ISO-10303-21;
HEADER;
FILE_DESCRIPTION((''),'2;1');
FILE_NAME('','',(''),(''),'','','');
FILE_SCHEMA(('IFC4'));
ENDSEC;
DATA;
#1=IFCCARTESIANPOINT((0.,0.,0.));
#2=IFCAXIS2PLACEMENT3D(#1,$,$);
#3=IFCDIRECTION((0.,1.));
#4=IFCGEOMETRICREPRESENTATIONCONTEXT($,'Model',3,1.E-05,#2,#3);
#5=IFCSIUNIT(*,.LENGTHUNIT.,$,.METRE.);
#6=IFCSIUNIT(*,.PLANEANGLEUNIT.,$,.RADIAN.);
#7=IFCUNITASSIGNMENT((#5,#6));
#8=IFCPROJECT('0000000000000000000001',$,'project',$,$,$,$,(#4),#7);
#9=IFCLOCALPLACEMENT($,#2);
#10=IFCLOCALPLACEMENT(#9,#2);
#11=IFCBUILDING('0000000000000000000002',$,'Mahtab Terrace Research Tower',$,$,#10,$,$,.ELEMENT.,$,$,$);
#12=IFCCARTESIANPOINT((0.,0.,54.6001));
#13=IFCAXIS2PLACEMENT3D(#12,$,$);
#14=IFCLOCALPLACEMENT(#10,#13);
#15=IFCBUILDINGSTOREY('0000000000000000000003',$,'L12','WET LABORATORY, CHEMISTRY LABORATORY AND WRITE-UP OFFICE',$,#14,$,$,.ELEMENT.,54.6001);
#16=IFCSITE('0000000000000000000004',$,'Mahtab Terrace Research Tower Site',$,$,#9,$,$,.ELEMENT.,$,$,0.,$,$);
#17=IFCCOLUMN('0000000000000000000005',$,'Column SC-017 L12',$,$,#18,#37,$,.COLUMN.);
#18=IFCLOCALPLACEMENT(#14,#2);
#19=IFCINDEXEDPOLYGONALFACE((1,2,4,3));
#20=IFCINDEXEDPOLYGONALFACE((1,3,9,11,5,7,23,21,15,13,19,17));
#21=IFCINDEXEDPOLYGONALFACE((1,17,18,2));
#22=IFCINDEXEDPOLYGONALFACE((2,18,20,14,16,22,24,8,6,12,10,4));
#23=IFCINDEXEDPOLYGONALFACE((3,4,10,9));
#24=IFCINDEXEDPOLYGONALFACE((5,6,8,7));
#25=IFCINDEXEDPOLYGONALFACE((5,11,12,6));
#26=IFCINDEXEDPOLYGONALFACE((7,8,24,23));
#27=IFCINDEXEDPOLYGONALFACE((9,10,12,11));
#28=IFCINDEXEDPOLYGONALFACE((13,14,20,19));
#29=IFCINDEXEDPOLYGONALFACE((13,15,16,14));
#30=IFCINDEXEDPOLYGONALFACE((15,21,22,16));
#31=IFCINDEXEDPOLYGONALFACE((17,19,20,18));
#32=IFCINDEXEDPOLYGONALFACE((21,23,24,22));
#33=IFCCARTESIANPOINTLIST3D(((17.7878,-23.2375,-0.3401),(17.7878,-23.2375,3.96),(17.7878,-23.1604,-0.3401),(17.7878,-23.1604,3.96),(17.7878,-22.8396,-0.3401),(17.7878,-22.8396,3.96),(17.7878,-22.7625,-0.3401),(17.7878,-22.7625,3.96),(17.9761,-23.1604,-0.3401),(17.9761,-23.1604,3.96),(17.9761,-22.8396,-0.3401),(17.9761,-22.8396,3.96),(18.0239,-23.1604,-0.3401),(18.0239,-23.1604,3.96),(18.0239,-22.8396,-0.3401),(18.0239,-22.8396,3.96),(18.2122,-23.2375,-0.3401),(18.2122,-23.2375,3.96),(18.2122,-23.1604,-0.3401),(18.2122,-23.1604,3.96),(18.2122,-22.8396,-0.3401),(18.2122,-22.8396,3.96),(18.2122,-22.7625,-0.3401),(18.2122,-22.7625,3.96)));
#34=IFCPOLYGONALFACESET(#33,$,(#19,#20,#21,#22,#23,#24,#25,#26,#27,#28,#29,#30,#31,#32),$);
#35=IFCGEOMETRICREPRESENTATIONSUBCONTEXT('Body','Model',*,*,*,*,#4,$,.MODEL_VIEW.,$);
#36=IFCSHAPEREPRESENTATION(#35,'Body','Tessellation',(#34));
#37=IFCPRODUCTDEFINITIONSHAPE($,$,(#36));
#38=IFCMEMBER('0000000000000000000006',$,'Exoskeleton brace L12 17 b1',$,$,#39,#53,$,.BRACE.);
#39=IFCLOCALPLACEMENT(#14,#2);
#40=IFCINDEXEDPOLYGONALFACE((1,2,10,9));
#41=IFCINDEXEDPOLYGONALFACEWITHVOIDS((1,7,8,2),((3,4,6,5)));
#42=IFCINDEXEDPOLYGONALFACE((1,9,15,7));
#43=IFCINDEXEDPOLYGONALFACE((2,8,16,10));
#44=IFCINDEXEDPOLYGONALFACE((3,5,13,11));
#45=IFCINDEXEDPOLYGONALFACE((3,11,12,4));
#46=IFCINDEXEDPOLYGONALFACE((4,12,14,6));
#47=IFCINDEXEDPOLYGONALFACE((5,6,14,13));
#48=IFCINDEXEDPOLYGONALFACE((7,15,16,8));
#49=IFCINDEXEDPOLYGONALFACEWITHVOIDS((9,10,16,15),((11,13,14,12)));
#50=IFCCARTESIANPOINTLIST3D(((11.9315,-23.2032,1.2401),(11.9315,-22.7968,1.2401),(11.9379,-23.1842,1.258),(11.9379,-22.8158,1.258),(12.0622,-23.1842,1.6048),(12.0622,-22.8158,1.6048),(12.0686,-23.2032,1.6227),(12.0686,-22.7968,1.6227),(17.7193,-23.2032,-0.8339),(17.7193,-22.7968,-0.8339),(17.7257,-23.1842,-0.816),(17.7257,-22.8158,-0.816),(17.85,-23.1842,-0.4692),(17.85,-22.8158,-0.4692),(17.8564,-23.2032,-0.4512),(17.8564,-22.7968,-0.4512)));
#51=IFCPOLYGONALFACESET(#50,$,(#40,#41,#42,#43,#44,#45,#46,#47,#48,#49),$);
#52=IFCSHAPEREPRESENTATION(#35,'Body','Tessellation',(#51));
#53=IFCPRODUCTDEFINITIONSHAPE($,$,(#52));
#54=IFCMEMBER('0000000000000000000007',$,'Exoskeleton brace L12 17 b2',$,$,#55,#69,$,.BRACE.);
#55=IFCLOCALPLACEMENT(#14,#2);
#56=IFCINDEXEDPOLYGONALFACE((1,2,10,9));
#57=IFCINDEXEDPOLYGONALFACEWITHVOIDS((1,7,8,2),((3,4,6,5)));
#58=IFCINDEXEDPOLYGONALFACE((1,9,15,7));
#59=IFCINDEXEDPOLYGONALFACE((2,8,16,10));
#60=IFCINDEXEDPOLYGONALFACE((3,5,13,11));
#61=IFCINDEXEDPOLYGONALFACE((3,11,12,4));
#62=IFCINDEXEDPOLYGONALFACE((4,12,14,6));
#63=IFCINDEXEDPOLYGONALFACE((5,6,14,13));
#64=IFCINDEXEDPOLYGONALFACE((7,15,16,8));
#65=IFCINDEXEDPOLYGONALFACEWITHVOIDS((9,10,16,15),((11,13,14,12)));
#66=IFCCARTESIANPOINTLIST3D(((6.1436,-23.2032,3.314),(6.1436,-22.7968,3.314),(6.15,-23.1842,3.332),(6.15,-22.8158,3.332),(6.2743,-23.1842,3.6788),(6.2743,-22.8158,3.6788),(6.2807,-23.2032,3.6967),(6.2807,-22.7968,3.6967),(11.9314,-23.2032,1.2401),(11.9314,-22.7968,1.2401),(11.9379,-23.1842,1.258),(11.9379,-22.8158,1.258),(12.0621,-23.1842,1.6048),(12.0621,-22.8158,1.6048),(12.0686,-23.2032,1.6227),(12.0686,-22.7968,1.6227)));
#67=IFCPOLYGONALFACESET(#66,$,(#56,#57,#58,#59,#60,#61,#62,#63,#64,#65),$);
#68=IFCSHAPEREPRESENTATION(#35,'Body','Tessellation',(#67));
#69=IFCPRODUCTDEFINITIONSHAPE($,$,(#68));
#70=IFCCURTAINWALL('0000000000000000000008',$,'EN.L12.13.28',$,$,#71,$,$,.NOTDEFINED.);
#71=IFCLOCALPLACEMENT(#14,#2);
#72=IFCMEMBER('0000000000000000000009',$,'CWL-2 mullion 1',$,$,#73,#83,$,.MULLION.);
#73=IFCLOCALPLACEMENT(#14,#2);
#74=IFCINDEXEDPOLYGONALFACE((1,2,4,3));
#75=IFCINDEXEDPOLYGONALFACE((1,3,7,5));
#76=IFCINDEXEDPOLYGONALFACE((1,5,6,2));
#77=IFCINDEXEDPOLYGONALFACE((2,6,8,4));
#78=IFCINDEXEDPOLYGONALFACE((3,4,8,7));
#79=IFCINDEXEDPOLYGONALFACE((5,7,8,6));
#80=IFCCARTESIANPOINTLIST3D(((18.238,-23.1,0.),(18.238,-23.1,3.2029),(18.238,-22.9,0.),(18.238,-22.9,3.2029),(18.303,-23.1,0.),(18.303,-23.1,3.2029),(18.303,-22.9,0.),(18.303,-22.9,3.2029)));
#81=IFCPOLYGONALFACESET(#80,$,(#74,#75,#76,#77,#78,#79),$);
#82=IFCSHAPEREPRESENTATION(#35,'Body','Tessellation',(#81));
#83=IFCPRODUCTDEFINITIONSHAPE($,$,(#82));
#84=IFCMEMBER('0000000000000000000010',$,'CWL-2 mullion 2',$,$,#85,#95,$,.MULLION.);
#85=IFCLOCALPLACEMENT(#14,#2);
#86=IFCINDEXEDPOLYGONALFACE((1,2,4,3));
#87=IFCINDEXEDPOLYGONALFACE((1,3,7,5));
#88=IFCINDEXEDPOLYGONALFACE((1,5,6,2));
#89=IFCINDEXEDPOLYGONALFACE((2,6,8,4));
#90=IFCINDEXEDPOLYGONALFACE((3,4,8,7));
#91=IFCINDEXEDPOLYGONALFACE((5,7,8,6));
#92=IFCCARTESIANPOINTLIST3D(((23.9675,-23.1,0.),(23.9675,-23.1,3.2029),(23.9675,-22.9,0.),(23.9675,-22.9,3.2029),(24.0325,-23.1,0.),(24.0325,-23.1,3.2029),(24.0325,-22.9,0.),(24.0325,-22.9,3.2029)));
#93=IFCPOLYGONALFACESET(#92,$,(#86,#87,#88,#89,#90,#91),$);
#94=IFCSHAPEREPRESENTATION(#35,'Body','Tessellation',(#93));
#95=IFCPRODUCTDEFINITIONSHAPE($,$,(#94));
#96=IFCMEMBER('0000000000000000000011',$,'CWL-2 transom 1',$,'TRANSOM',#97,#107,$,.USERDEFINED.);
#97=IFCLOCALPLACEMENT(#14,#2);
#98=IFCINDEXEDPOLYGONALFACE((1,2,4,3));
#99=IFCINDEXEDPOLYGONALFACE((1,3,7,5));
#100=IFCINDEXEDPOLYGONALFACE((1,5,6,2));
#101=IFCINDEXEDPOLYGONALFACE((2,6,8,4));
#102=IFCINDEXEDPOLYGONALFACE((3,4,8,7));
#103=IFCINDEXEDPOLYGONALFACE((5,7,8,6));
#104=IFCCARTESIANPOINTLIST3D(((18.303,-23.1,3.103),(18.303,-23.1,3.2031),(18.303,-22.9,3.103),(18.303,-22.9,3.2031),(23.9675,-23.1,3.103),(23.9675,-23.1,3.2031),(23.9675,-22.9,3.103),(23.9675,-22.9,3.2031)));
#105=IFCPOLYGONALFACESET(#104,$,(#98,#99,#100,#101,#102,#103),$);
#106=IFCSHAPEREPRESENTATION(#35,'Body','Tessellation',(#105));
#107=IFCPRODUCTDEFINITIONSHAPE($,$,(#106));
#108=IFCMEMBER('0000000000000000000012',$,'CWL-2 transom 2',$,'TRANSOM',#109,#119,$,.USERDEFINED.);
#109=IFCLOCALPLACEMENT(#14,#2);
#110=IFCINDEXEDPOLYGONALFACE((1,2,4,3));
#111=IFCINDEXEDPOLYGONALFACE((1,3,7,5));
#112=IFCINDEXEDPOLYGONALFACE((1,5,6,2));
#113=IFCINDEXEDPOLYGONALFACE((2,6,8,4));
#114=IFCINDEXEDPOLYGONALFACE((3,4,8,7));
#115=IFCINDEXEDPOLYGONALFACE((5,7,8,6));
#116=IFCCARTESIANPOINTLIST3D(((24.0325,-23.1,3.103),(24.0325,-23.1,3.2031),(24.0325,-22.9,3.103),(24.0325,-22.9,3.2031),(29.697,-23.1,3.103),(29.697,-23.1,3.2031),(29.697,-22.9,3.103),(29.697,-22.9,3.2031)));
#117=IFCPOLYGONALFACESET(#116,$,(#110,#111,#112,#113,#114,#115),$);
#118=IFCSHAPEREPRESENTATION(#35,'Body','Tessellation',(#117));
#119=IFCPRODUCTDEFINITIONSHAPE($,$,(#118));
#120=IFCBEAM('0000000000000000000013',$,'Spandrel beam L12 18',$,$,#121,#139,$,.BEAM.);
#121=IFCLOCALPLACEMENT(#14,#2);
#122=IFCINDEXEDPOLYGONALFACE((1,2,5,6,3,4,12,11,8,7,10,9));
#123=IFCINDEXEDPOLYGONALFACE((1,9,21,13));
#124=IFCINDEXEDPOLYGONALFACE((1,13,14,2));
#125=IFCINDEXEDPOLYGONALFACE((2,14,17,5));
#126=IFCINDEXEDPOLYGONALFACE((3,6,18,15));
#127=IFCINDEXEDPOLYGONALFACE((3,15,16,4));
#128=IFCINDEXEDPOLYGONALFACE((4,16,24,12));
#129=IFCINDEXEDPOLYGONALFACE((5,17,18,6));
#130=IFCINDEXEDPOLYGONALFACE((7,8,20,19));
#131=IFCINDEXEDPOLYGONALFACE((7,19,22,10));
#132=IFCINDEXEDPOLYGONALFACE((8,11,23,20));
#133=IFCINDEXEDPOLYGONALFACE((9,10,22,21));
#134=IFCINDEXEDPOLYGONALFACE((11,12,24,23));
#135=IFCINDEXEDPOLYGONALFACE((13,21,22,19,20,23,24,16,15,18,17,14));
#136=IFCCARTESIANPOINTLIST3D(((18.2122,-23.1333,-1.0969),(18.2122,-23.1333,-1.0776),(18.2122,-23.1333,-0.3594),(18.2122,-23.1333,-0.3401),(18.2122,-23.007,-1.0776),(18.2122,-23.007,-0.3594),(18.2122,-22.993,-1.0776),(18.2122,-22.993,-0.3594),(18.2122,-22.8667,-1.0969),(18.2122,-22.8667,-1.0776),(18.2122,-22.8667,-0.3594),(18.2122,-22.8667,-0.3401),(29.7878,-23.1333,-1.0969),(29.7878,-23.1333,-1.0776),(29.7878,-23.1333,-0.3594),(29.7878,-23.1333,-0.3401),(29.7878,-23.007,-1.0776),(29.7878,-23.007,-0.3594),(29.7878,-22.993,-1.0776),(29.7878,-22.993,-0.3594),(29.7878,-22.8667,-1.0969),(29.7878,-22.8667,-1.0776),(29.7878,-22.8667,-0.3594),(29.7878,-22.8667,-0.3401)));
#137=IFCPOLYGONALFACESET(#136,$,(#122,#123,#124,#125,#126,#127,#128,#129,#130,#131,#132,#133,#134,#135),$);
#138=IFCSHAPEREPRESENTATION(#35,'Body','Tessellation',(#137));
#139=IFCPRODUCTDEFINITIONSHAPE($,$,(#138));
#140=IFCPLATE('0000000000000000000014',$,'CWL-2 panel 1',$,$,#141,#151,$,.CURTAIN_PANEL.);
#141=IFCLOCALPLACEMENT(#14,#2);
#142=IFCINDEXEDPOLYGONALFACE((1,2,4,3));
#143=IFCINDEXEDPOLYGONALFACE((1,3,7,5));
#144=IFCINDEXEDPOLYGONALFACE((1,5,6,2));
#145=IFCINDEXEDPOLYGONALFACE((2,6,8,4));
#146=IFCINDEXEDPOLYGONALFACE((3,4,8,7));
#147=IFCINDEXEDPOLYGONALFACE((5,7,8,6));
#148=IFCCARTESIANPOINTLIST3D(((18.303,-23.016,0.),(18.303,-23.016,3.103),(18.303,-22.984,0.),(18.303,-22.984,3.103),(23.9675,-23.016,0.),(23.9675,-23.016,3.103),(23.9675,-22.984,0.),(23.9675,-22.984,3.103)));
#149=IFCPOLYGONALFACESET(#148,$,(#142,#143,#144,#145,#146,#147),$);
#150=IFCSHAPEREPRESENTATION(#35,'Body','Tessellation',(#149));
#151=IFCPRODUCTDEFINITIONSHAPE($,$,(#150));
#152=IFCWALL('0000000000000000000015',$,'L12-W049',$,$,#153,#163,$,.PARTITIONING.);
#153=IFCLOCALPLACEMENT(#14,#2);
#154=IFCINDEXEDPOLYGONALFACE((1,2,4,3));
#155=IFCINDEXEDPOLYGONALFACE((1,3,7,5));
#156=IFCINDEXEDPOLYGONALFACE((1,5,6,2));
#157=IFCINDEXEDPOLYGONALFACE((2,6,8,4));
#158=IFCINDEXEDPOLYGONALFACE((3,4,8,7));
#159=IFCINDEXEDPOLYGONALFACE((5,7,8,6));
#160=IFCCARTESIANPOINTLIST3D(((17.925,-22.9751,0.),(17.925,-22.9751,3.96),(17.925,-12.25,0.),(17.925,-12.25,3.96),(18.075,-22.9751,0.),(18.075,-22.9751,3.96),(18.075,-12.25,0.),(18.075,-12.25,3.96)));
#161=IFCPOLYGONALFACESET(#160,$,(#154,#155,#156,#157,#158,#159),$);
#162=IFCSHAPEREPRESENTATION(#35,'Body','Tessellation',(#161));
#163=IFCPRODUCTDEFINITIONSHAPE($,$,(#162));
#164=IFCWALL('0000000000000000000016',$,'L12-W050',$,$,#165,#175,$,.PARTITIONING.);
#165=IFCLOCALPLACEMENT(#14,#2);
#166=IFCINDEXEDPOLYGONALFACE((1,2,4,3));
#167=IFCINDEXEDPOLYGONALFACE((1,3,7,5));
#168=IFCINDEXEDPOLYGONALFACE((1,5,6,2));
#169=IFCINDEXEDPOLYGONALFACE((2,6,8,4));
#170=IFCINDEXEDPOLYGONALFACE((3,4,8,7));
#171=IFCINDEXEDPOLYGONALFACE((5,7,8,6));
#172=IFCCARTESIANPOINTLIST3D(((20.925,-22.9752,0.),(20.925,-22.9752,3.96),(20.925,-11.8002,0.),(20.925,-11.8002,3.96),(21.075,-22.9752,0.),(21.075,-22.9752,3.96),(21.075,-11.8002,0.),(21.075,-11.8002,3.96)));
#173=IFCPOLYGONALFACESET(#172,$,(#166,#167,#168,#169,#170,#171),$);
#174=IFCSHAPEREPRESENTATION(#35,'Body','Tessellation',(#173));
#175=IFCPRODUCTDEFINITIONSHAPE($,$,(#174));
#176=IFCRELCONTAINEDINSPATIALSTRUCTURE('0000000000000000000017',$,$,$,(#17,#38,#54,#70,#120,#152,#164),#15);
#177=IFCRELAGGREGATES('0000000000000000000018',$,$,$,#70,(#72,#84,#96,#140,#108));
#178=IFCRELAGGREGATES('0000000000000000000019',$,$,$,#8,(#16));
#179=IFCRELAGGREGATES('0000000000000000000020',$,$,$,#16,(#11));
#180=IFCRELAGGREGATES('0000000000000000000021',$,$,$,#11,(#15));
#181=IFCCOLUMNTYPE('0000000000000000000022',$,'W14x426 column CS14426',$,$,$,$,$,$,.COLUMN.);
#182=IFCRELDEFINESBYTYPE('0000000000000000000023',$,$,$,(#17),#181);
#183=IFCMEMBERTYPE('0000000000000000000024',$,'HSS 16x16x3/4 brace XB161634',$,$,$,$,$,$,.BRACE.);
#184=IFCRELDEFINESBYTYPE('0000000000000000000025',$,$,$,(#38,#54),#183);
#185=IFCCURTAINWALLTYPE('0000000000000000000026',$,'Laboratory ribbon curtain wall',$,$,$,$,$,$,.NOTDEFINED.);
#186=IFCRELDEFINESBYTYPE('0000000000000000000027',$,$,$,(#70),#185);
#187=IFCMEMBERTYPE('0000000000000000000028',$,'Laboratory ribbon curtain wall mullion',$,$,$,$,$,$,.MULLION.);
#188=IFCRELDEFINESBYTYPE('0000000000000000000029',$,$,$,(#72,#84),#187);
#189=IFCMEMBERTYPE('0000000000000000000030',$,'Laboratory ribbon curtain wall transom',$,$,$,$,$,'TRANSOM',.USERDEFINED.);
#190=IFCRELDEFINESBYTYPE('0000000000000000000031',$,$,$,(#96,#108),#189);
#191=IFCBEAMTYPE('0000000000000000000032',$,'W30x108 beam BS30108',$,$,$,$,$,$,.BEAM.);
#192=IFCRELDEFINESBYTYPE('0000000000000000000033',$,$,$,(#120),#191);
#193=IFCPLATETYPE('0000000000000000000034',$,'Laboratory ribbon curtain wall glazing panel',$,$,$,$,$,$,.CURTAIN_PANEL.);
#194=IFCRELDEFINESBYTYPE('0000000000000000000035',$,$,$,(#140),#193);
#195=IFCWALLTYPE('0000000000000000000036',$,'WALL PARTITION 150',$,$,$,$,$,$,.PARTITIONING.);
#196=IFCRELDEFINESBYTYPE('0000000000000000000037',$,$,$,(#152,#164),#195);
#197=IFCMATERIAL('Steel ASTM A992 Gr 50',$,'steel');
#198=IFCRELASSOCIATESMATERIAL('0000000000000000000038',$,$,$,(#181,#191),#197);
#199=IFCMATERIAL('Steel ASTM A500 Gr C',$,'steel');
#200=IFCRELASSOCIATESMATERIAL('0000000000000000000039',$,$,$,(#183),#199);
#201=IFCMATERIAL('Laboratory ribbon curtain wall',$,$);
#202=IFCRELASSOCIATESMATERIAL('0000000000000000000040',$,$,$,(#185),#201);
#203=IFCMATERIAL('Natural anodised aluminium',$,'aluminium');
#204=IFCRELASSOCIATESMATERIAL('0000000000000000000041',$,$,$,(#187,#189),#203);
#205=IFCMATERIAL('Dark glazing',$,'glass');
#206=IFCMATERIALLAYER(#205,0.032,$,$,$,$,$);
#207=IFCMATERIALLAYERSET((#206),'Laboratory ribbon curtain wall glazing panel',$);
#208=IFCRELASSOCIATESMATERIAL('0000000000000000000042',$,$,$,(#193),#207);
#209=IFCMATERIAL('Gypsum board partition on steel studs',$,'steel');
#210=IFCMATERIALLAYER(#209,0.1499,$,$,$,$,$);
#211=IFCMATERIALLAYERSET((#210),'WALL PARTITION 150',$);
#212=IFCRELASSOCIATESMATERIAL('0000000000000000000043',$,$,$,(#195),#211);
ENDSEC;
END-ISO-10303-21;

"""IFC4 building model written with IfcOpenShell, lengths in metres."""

from ifc_helpers import new_model, si_unit, direction, frame, frame_2d, origin, origin_2d, place, context, subcontext, project, spatial, rectangle, hollow_rectangle, i_section, extrude, material, layer, layer_set, material_profile, profile_set, type_object, element, aggregate, save


model = new_model("IFC4")

# Units and contexts
model_context = context("Model", 3, precision=1e-05, world=origin(), true_north=direction((0.0, 1.0)))
body_context = subcontext(model_context, "Body", "Model", "MODEL_VIEW")
ifc_project = project(units=[si_unit("LENGTHUNIT", "METRE"), si_unit("PLANEANGLEUNIT", "RADIAN")], contexts=[model_context])

# Site, building, storey
site_placement = place(None, origin())
site = spatial("IfcSite", under=ifc_project, at=site_placement, Name="Mahtab Terrace Research Tower Site", CompositionType="ELEMENT", RefElevation=0.0)
building_placement = place(site_placement, origin())
building = spatial("IfcBuilding", under=site, at=building_placement, Name="Mahtab Terrace Research Tower", CompositionType="ELEMENT")
storey_placement = place(building_placement, frame((0.0, 0.0, 54.6001)))
storey = spatial("IfcBuildingStorey", under=building, at=storey_placement, Name="L12", Description="WET LABORATORY, CHEMISTRY LABORATORY AND WRITE-UP OFFICE", CompositionType="ELEMENT", Elevation=54.6001)

# Column
ifc_material_1 = material(Name="Steel ASTM A992 Gr 50", Category="steel")
ifc_material_profile_1 = material_profile(ifc_material_1, i_section(OverallWidth=0.4243, OverallDepth=0.4751, WebThickness=0.0479, FlangeThickness=0.0771, at=origin_2d()), Name="W14X426")
ifc_profile_set_1 = profile_set([ifc_material_profile_1], Name="Steel ASTM A992 Gr 50")
column_type = type_object("IfcColumnType", Name="W14x426 column CS14426", PredefinedType="COLUMN", material=ifc_profile_set_1)
column_placement = place(storey_placement, frame((18.0, -23.0, -0.3401), z_axis=(0.0, 0.0, 1.0), x_axis=(1.0, 0.0, 0.0)))
element("IfcColumn", 1, at=column_placement, inside=storey, type_object=column_type, Name="Column SC-017 L12", PredefinedType="COLUMN", context=body_context, shape_type="SweptSolid", body=[
    extrude(i_section(OverallWidth=0.4243, OverallDepth=0.4751, WebThickness=0.0479, FlangeThickness=0.0771, at=origin_2d()), origin(), (0.0, 0.0, 1.0), 4.3),
])

# Members
ifc_material_2 = material(Name="Steel ASTM A500 Gr C", Category="steel")
ifc_material_profile_2 = material_profile(ifc_material_2, hollow_rectangle(XDim=0.4065, YDim=0.4065, WallThickness=0.019, at=origin_2d()), Name="HSS16X16X3/4")
ifc_profile_set_2 = profile_set([ifc_material_profile_2], Name="Steel ASTM A500 Gr C")
member_type_1 = type_object("IfcMemberType", Name="HSS 16x16x3/4 brace XB161634", PredefinedType="BRACE", material=ifc_profile_set_2)
for number, where, z_axis, x_axis, name in (
    (2, (17.7878, -23.0, -0.6426), (-0.941387, 0.0, 0.33733), (0.0, -1.0, 0.0), "Exoskeleton brace L12 17 b1"),
    (3, (12.0, -23.0, 1.4314), (-0.941387, 0.0, 0.33733), (0.0, -1.0, 0.0), "Exoskeleton brace L12 17 b2"),
):
    element("IfcMember", number, at=place(storey_placement, frame(where, z_axis=z_axis, x_axis=x_axis)), inside=storey, type_object=member_type_1, Name=name, PredefinedType="BRACE", context=body_context, shape_type="SweptSolid", body=[
        extrude(hollow_rectangle(XDim=0.4065, YDim=0.4065, WallThickness=0.019, at=origin_2d()), origin(), (0.0, 0.0, 1.0), 6.1482),
    ])

# Curtain wall, members
ifc_material_3 = material(Name="Laboratory ribbon curtain wall")
curtain_wall_type = type_object("IfcCurtainWallType", Name="Laboratory ribbon curtain wall", PredefinedType="NOTDEFINED", material=ifc_material_3)
curtain_wall_placement = place(storey_placement, origin())
curtain_wall = element("IfcCurtainWall", 4, at=curtain_wall_placement, inside=storey, type_object=curtain_wall_type, Name="EN.L12.13.28", PredefinedType="NOTDEFINED")
ifc_material_4 = material(Name="Natural anodised aluminium", Category="aluminium")
ifc_material_profile_3 = material_profile(ifc_material_4, rectangle(XDim=0.2, YDim=0.0649, at=origin_2d()), Name="MULLION 65x200")
ifc_profile_set_3 = profile_set([ifc_material_profile_3], Name="Natural anodised aluminium")
member_type_2 = type_object("IfcMemberType", Name="Laboratory ribbon curtain wall mullion", PredefinedType="MULLION", material=ifc_profile_set_3)
member_1_placement = place(storey_placement, frame((18.2705, -23.0, 0.0), z_axis=(0.0, 0.0, 1.0), x_axis=(0.0, 1.0, 0.0)))
member_1 = element("IfcMember", 5, at=member_1_placement, type_object=member_type_2, Name="CWL-2 mullion 1", PredefinedType="MULLION", context=body_context, shape_type="SweptSolid", body=[
    extrude(rectangle(XDim=0.2, YDim=0.0649, at=origin_2d()), origin(), (0.0, 0.0, 1.0), 3.2029),
])
member_2_placement = place(storey_placement, frame((24.0, -23.0, 0.0), z_axis=(0.0, 0.0, 1.0), x_axis=(0.0, 1.0, 0.0)))
member_2 = element("IfcMember", 6, at=member_2_placement, type_object=member_type_2, Name="CWL-2 mullion 2", PredefinedType="MULLION", context=body_context, shape_type="SweptSolid", body=[
    extrude(rectangle(XDim=0.2, YDim=0.0649, at=origin_2d()), origin(), (0.0, 0.0, 1.0), 3.2029),
])
ifc_material_profile_4 = material_profile(ifc_material_4, rectangle(XDim=0.2, YDim=0.1001, at=origin_2d()), Name="TRANSOM 100x200")
ifc_profile_set_4 = profile_set([ifc_material_profile_4], Name="Natural anodised aluminium")
member_type_3 = type_object("IfcMemberType", Name="Laboratory ribbon curtain wall transom", ElementType="TRANSOM", PredefinedType="USERDEFINED", material=ifc_profile_set_4)
member_3_placement = place(storey_placement, frame((18.303, -23.0, 3.1531), z_axis=(1.0, 0.0, 0.0), x_axis=(0.0, 1.0, 0.0)))
member_3 = element("IfcMember", 7, at=member_3_placement, type_object=member_type_3, Name="CWL-2 transom 1", ObjectType="TRANSOM", PredefinedType="USERDEFINED", context=body_context, shape_type="SweptSolid", body=[
    extrude(rectangle(XDim=0.2, YDim=0.1001, at=origin_2d()), origin(), (0.0, 0.0, 1.0), 5.6646),
])
member_4_placement = place(storey_placement, frame((24.0325, -23.0, 3.1531), z_axis=(1.0, 0.0, 0.0), x_axis=(0.0, 1.0, 0.0)))
member_4 = element("IfcMember", 8, at=member_4_placement, type_object=member_type_3, Name="CWL-2 transom 2", ObjectType="TRANSOM", PredefinedType="USERDEFINED", context=body_context, shape_type="SweptSolid", body=[
    extrude(rectangle(XDim=0.2, YDim=0.1001, at=origin_2d()), origin(), (0.0, 0.0, 1.0), 5.6646),
])

# Beam
ifc_material_profile_5 = material_profile(ifc_material_1, i_section(OverallWidth=0.2666, OverallDepth=0.7568, WebThickness=0.0139, FlangeThickness=0.0193, at=origin_2d()), Name="W30X108")
ifc_profile_set_5 = profile_set([ifc_material_profile_5], Name="Steel ASTM A992 Gr 50")
beam_type = type_object("IfcBeamType", Name="W30x108 beam BS30108", PredefinedType="BEAM", material=ifc_profile_set_5)
beam_placement = place(storey_placement, frame((18.2122, -23.0, -0.7185), z_axis=(1.0, 0.0, 0.0), x_axis=(0.0, 1.0, 0.0)))
element("IfcBeam", 9, at=beam_placement, inside=storey, type_object=beam_type, Name="Spandrel beam L12 18", PredefinedType="BEAM", context=body_context, shape_type="SweptSolid", body=[
    extrude(i_section(OverallWidth=0.2666, OverallDepth=0.7568, WebThickness=0.0139, FlangeThickness=0.0193, at=origin_2d()), origin(), (0.0, 0.0, 1.0), 11.5757),
])

# Plate
ifc_material_5 = material(Name="Dark glazing", Category="glass")
ifc_layer_1 = layer(ifc_material_5, 0.032)
ifc_layer_set_1 = layer_set([ifc_layer_1], Name="Laboratory ribbon curtain wall glazing panel")
plate_type = type_object("IfcPlateType", Name="Laboratory ribbon curtain wall glazing panel", PredefinedType="CURTAIN_PANEL", material=ifc_layer_set_1)
plate_placement = place(storey_placement, frame((21.1353, -23.0, 0.0), z_axis=(0.0, 0.0, 1.0), x_axis=(1.0, 0.0, 0.0)))
plate = element("IfcPlate", 10, at=plate_placement, type_object=plate_type, Name="CWL-2 panel 1", PredefinedType="CURTAIN_PANEL", context=body_context, shape_type="SweptSolid", body=[
    extrude(rectangle(XDim=5.6646, YDim=0.032, at=origin_2d()), origin(), (0.0, 0.0, 1.0), 3.103),
])
aggregate(curtain_wall, [member_1, member_2, member_3, plate, member_4])

# Walls
ifc_material_6 = material(Name="Gypsum board partition on steel studs", Category="steel")
ifc_layer_2 = layer(ifc_material_6, 0.1499)
ifc_layer_set_2 = layer_set([ifc_layer_2], Name="WALL PARTITION 150")
wall_type = type_object("IfcWallType", Name="WALL PARTITION 150", PredefinedType="PARTITIONING", material=ifc_layer_set_2)
wall_1_placement = place(storey_placement, frame((18.0, -22.9751, 0.0), z_axis=(0.0, 0.0, 1.0), x_axis=(0.0, 1.0, 0.0)))
element("IfcWall", 11, at=wall_1_placement, inside=storey, type_object=wall_type, Name="L12-W049", PredefinedType="PARTITIONING", context=body_context, shape_type="SweptSolid", body=[
    extrude(rectangle(XDim=10.7251, YDim=0.1499, at=frame_2d((5.3625, 0.0))), origin(), (0.0, 0.0, 1.0), 3.96),
])
wall_2_placement = place(storey_placement, frame((21.0, -22.9751, 0.0), z_axis=(0.0, 0.0, 1.0), x_axis=(0.0, 1.0, 0.0)))
element("IfcWall", 12, at=wall_2_placement, inside=storey, type_object=wall_type, Name="L12-W050", PredefinedType="PARTITIONING", context=body_context, shape_type="SweptSolid", body=[
    extrude(rectangle(XDim=11.175, YDim=0.1499, at=frame_2d((5.5874, 0.0))), origin(), (0.0, 0.0, 1.0), 3.96),
])

save(model, "model.ifc")
